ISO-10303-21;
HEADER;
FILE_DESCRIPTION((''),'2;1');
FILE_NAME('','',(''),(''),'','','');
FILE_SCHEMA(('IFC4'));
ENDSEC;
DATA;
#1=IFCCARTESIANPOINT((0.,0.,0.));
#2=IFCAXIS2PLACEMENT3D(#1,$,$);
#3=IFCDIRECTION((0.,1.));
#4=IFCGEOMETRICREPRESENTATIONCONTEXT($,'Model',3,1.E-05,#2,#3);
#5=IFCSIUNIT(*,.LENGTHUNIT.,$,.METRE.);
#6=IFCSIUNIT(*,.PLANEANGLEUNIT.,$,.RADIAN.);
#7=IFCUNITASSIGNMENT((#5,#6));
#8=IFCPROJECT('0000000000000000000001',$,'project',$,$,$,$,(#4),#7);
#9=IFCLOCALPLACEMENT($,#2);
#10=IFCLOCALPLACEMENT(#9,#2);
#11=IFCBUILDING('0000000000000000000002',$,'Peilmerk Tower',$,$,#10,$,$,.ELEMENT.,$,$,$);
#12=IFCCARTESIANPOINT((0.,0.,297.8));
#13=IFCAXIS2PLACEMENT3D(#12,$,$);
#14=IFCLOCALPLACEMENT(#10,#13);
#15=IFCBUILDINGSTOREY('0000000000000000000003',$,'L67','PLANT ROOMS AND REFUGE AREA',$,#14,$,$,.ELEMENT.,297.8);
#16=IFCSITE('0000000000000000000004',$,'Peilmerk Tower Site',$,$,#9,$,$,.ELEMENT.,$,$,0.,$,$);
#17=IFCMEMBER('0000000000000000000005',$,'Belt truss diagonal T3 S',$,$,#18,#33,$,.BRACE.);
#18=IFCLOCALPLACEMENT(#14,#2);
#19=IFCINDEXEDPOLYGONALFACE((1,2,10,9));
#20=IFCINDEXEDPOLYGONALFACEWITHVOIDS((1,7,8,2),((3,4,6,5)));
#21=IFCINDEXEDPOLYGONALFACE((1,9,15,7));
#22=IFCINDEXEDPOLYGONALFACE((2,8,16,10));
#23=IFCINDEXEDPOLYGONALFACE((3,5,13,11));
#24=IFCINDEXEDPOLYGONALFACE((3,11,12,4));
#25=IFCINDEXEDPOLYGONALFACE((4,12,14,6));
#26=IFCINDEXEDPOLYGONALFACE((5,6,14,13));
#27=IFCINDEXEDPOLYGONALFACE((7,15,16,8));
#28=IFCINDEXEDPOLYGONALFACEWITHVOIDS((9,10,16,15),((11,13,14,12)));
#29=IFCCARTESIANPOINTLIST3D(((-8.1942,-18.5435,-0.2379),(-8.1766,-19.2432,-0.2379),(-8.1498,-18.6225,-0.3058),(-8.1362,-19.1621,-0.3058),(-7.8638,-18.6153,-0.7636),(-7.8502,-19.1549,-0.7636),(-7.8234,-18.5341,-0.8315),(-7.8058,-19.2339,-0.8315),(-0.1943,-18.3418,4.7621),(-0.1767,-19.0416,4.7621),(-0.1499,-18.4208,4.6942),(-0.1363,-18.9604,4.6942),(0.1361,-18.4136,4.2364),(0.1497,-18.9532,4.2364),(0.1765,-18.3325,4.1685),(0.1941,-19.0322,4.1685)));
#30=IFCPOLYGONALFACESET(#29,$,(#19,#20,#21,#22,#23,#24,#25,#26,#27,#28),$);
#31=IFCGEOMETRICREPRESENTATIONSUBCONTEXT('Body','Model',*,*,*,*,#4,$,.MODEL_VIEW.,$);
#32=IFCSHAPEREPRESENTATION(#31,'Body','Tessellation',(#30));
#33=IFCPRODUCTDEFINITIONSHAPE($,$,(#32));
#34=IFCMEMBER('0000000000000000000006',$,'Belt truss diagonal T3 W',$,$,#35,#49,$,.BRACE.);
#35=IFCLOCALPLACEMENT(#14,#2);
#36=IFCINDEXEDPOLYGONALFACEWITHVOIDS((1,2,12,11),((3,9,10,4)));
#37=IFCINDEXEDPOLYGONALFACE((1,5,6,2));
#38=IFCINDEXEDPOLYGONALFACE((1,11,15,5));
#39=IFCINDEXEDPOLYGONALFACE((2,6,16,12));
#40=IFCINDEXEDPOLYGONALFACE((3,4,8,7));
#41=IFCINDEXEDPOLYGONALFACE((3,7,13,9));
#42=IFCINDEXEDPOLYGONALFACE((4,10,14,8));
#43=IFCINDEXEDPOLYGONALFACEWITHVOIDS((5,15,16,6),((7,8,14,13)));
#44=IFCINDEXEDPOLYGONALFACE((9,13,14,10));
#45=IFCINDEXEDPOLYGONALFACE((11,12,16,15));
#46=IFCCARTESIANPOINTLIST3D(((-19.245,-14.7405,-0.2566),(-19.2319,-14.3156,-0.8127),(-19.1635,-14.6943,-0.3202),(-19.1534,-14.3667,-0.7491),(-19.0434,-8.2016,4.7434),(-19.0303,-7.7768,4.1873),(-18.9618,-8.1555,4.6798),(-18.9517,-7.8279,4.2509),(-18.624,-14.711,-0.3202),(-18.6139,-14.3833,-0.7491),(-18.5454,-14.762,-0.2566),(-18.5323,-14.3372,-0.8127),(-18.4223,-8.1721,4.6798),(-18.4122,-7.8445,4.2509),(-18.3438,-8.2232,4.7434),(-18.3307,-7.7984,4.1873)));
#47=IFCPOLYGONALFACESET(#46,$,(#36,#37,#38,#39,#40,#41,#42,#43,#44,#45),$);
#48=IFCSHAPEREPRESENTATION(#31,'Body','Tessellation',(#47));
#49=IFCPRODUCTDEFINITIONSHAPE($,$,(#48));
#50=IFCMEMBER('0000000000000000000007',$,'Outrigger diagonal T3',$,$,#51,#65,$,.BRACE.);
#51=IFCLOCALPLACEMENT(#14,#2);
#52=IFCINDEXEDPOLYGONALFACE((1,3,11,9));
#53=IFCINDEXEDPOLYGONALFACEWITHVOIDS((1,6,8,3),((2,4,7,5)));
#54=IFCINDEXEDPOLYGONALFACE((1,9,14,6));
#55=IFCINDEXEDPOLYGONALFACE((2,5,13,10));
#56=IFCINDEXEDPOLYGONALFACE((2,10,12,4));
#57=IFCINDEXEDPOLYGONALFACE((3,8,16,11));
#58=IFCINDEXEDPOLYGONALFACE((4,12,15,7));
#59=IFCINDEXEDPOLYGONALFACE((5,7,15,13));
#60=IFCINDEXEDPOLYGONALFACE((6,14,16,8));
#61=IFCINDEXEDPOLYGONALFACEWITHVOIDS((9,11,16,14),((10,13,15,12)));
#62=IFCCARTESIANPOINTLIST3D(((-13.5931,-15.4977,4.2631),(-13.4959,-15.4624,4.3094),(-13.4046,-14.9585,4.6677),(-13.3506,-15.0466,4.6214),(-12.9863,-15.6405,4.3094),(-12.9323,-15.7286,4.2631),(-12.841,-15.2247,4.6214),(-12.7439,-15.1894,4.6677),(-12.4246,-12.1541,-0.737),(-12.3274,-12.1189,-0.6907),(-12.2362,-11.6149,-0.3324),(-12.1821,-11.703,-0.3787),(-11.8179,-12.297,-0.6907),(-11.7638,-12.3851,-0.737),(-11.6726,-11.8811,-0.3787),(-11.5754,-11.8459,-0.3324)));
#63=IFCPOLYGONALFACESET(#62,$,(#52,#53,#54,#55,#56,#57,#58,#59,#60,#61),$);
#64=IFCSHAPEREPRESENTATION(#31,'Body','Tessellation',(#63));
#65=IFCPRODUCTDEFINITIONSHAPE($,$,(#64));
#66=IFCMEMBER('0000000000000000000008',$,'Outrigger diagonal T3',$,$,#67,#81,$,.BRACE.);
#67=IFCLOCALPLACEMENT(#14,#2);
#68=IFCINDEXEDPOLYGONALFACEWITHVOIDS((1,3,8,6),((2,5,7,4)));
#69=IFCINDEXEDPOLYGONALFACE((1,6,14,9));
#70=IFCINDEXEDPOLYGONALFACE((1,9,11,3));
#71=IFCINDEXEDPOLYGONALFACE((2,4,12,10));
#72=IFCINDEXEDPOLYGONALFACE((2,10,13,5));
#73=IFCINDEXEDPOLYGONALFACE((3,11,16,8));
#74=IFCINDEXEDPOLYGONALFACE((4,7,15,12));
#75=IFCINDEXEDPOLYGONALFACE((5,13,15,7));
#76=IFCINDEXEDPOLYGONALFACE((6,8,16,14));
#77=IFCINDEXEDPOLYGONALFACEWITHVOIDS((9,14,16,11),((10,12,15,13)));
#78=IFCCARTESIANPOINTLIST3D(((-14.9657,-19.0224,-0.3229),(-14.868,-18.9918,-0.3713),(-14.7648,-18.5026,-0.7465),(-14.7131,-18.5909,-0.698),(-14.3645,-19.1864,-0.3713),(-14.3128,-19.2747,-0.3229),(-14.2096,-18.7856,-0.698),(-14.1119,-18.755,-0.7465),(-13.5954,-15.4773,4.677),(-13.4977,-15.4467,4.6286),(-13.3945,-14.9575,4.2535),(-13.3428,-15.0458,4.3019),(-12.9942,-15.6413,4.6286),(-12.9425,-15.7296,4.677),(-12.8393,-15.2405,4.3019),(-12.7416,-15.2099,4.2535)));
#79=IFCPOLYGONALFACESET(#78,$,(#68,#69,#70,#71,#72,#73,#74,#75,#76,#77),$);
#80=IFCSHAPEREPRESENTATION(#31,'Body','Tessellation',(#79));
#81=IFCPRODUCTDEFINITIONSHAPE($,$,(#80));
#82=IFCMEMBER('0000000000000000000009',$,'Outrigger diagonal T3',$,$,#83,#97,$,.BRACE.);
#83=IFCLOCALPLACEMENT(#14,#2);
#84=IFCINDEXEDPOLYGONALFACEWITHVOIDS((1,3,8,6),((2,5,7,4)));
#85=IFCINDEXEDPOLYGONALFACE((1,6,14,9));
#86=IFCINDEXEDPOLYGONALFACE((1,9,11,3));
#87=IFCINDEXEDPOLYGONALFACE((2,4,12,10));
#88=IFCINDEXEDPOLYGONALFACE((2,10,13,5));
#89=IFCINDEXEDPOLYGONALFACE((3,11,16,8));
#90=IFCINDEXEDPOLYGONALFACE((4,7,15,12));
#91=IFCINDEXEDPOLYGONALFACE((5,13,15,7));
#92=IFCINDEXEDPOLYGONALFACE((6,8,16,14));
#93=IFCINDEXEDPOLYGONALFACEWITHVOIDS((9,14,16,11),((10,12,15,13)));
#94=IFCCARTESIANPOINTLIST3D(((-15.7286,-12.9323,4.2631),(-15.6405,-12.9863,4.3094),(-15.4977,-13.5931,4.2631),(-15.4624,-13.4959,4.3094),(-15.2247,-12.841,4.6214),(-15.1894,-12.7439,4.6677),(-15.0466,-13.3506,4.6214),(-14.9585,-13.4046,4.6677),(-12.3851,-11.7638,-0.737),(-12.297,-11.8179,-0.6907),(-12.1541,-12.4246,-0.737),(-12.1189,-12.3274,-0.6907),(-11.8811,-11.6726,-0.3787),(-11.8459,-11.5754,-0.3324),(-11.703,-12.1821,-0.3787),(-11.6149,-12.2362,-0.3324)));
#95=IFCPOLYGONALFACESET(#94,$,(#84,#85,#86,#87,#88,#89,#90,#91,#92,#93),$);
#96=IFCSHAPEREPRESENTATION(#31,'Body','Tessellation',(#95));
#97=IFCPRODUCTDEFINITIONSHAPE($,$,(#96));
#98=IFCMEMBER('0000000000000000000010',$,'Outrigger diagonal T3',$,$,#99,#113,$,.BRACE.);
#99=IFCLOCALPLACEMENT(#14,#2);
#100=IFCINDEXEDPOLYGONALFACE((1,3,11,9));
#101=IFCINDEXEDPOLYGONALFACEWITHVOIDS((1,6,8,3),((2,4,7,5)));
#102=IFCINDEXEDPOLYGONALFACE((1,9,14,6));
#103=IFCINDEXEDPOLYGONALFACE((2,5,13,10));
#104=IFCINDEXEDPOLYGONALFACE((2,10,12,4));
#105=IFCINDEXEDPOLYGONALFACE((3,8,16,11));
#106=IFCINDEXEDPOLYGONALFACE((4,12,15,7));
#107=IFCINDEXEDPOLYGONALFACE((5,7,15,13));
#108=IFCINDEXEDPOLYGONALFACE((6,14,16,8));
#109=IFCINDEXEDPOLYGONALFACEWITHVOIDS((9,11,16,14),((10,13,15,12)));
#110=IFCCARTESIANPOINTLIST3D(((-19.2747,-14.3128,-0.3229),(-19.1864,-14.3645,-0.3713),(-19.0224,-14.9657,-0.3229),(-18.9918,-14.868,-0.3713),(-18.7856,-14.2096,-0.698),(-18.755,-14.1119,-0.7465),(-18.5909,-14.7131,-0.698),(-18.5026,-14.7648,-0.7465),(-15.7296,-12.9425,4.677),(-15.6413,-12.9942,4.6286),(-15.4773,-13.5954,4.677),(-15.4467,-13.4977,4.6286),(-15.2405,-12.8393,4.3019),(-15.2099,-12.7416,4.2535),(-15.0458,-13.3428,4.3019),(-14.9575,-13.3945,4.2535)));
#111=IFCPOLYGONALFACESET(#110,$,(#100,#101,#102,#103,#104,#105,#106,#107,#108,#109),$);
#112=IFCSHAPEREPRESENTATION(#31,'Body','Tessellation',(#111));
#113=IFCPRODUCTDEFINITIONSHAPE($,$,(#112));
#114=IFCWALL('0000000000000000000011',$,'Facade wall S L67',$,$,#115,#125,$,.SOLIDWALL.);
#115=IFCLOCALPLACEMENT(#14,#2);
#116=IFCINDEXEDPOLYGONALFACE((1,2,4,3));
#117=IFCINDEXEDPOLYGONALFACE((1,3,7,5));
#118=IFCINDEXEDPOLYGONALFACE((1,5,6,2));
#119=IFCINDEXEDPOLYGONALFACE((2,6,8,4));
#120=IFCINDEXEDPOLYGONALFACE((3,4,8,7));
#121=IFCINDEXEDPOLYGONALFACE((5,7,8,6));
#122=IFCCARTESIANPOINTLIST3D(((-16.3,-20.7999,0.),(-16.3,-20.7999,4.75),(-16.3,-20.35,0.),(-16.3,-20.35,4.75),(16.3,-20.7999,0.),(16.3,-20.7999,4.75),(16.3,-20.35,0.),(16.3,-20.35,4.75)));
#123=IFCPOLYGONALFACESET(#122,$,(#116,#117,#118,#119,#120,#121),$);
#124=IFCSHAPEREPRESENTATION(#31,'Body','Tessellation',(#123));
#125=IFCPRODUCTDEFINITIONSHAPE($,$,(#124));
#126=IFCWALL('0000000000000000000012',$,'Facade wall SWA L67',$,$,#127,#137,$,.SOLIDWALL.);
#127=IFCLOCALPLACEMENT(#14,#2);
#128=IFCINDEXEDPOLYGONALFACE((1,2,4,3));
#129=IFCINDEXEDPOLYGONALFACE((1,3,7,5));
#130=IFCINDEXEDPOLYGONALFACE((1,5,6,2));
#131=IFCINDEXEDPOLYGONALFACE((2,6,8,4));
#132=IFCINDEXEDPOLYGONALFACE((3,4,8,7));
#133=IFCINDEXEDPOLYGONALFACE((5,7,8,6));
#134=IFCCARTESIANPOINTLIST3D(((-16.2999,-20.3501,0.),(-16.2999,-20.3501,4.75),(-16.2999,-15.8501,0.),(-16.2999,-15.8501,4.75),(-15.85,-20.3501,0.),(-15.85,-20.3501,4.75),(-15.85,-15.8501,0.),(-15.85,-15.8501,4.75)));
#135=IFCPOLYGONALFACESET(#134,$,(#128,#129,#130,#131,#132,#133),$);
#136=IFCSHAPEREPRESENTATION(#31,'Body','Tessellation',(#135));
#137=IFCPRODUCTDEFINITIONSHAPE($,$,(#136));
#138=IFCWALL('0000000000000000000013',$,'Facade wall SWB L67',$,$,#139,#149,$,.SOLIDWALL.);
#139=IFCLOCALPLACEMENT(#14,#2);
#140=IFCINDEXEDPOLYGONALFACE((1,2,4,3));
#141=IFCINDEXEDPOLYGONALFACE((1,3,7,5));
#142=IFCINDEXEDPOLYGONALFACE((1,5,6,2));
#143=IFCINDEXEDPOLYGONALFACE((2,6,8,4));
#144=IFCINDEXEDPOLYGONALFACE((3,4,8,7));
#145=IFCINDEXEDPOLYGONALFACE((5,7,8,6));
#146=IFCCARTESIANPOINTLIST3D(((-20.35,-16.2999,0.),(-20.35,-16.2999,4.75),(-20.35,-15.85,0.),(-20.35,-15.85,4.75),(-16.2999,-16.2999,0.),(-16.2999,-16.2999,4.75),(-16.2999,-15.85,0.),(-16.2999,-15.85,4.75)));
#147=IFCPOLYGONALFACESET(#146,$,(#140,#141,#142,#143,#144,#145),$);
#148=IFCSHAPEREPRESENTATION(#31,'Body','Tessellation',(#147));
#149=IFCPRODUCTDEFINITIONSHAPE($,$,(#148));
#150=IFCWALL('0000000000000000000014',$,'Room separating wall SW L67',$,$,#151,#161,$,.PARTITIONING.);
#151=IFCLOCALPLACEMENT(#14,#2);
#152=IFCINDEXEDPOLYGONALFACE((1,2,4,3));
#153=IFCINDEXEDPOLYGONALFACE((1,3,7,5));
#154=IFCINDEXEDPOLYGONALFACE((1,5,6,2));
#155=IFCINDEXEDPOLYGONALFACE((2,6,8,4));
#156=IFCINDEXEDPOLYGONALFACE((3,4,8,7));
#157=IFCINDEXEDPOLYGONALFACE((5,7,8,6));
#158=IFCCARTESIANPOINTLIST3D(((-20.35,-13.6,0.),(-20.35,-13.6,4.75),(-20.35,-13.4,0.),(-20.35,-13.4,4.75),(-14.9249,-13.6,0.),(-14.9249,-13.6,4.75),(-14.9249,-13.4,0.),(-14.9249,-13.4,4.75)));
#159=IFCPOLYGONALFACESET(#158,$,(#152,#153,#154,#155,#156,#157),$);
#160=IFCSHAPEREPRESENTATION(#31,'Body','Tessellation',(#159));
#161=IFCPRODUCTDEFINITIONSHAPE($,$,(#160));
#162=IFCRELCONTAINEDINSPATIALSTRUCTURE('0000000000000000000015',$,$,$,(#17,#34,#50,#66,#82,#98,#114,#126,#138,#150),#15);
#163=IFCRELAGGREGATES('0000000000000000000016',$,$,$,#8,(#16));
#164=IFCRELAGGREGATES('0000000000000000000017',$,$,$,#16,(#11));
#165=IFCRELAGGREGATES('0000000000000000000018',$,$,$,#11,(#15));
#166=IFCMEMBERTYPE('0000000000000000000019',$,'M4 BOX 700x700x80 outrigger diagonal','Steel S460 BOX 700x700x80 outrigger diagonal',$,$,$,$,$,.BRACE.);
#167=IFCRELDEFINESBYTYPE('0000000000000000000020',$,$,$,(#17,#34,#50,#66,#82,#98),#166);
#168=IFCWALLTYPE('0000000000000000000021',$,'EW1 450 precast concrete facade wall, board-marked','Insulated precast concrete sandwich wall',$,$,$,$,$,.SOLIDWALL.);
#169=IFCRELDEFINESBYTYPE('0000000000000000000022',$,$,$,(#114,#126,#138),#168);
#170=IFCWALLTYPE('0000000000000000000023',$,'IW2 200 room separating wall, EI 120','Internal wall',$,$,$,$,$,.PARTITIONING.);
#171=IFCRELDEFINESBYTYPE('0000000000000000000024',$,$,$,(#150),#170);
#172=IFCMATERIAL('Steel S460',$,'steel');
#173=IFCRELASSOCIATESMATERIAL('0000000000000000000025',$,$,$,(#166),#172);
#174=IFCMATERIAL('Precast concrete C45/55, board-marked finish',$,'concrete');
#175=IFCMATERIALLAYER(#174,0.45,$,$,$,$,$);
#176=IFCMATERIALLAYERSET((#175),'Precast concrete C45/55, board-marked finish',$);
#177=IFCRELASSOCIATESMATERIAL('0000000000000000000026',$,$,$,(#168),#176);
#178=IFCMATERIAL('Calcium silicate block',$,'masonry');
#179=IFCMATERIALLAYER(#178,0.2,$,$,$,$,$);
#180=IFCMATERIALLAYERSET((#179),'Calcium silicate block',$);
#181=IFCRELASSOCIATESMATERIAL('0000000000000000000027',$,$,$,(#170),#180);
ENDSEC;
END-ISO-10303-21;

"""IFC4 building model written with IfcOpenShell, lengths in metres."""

from ifc_helpers import new_model, si_unit, direction, frame, frame_2d, origin, origin_2d, place, context, subcontext, project, spatial, rectangle, hollow_rectangle, extrude, material, layer, layer_set, material_profile, profile_set, type_object, element, save


model = new_model("IFC4")

# Units and contexts
model_context = context("Model", 3, precision=1e-05, world=origin(), true_north=direction((0.0, 1.0)))
body_context = subcontext(model_context, "Body", "Model", "MODEL_VIEW")
ifc_project = project(units=[si_unit("LENGTHUNIT", "METRE"), si_unit("PLANEANGLEUNIT", "RADIAN")], contexts=[model_context])

# Site, building, storey
site_placement = place(None, origin())
site = spatial("IfcSite", under=ifc_project, at=site_placement, Name="Peilmerk Tower Site", CompositionType="ELEMENT", RefElevation=0.0)
building_placement = place(site_placement, origin())
building = spatial("IfcBuilding", under=site, at=building_placement, Name="Peilmerk Tower", CompositionType="ELEMENT")
storey_placement = place(building_placement, frame((0.0, 0.0, 297.8)))
storey = spatial("IfcBuildingStorey", under=building, at=storey_placement, Name="L67", Description="PLANT ROOMS AND REFUGE AREA", CompositionType="ELEMENT", Elevation=297.8)

# Shared definitions
ifc_material_1 = material(Name="Steel S460", Category="steel")

# Members
ifc_material_profile_1 = material_profile(ifc_material_1, hollow_rectangle(XDim=0.7, YDim=0.7, WallThickness=0.0801, at=origin_2d()), Name="BOX 700x700x80")
ifc_profile_set_1 = profile_set([ifc_material_profile_1], Name="Steel S460")
member_type_1 = type_object("IfcMemberType", Name="M4 BOX 700x700x80 outrigger diagonal", Description="Steel S460 BOX 700x700x80 outrigger diagonal", PredefinedType="BRACE", material=ifc_profile_set_1)
member_1_placement = place(storey_placement, frame((-8.0, -18.8887, -0.5347), z_axis=(0.847805, 0.021371, 0.529878), x_axis=(-0.0252, 0.999682, 0.0)))
element("IfcMember", 1, at=member_1_placement, inside=storey, type_object=member_type_1, Name="Belt truss diagonal T3 S", PredefinedType="BRACE", context=body_context, shape_type="SweptSolid", body=[
    extrude(hollow_rectangle(XDim=0.7, YDim=0.7, WallThickness=0.0801, at=origin_2d()), origin(), (0.0, 0.0, 1.0), 9.436),
])
member_2_placement = place(storey_placement, frame((-18.8887, -14.5388, -0.5347), z_axis=(0.024492, 0.794136, 0.607247), x_axis=(-0.999525, 0.030826, 0.0)))
element("IfcMember", 2, at=member_2_placement, inside=storey, type_object=member_type_1, Name="Belt truss diagonal T3 W", PredefinedType="BRACE", context=body_context, shape_type="SweptSolid", body=[
    extrude(hollow_rectangle(XDim=0.7, YDim=0.7, WallThickness=0.0801, at=origin_2d()), origin(), (0.0, 0.0, 1.0), 8.2339),
])
member_3_placement = place(storey_placement, frame((-12.0, -12.0, -0.5347), z_axis=(-0.190696, -0.54567, 0.816014), x_axis=(0.944014, -0.329905, 0.0)))
element("IfcMember", 3, at=member_3_placement, inside=storey, type_object=member_type_1, Name="Outrigger diagonal T3", PredefinedType="BRACE", context=body_context, shape_type="SweptSolid", body=[
    extrude(hollow_rectangle(XDim=0.7, YDim=0.7, WallThickness=0.0801, at=origin_2d()), origin(), (0.0, 0.0, 1.0), 6.1274),
])
member_4_placement = place(storey_placement, frame((-14.5388, -18.8887, -0.5347), z_axis=(0.218189, 0.564462, 0.796101), x_axis=(-0.932742, 0.360545, 0.0)))
element("IfcMember", 4, at=member_4_placement, inside=storey, type_object=member_type_1, Name="Outrigger diagonal T3", PredefinedType="BRACE", context=body_context, shape_type="SweptSolid", body=[
    extrude(hollow_rectangle(XDim=0.7, YDim=0.7, WallThickness=0.0801, at=origin_2d()), origin(), (0.0, 0.0, 1.0), 6.2805),
])
member_5_placement = place(storey_placement, frame((-12.0, -12.0, -0.5347), z_axis=(-0.54567, -0.190696, 0.816014), x_axis=(0.329905, -0.944014, 0.0)))
element("IfcMember", 5, at=member_5_placement, inside=storey, type_object=member_type_1, Name="Outrigger diagonal T3", PredefinedType="BRACE", context=body_context, shape_type="SweptSolid", body=[
    extrude(hollow_rectangle(XDim=0.7, YDim=0.7, WallThickness=0.0801, at=origin_2d()), origin(), (0.0, 0.0, 1.0), 6.1274),
])
member_6_placement = place(storey_placement, frame((-18.8887, -14.5388, -0.5347), z_axis=(0.564462, 0.218189, 0.796101), x_axis=(-0.360545, 0.932742, 0.0)))
element("IfcMember", 6, at=member_6_placement, inside=storey, type_object=member_type_1, Name="Outrigger diagonal T3", PredefinedType="BRACE", context=body_context, shape_type="SweptSolid", body=[
    extrude(hollow_rectangle(XDim=0.7, YDim=0.7, WallThickness=0.0801, at=origin_2d()), origin(), (0.0, 0.0, 1.0), 6.2805),
])

# Walls
ifc_material_2 = material(Name="Precast concrete C45/55, board-marked finish", Category="concrete")
ifc_layer_1 = layer(ifc_material_2, 0.45)
ifc_layer_set_1 = layer_set([ifc_layer_1], Name="Precast concrete C45/55, board-marked finish")
wall_type_1 = type_object("IfcWallType", Name="EW1 450 precast concrete facade wall, board-marked", Description="Insulated precast concrete sandwich wall", PredefinedType="SOLIDWALL", material=ifc_layer_set_1)
wall_1_placement = place(storey_placement, frame((-16.3, -20.575, 0.0), z_axis=(0.0, 0.0, 1.0), x_axis=(1.0, 0.0, 0.0)))
element("IfcWall", 7, at=wall_1_placement, inside=storey, type_object=wall_type_1, Name="Facade wall S L67", PredefinedType="SOLIDWALL", context=body_context, shape_type="SweptSolid", body=[
    extrude(rectangle(XDim=32.6001, YDim=0.45, at=frame_2d((16.3, 0.0))), origin(), (0.0, 0.0, 1.0), 4.75),
])
wall_2_placement = place(storey_placement, frame((-16.075, -15.8501, 0.0), z_axis=(0.0, 0.0, 1.0), x_axis=(0.0, -1.0, 0.0)))
element("IfcWall", 8, at=wall_2_placement, inside=storey, type_object=wall_type_1, Name="Facade wall SWA L67", PredefinedType="SOLIDWALL", context=body_context, shape_type="SweptSolid", body=[
    extrude(rectangle(XDim=4.5, YDim=0.45, at=frame_2d((2.25, 0.0))), origin(), (0.0, 0.0, 1.0), 4.75),
])
wall_3_placement = place(storey_placement, frame((-16.3, -16.075, 0.0), z_axis=(0.0, 0.0, 1.0), x_axis=(-1.0, 0.0, 0.0)))
element("IfcWall", 9, at=wall_3_placement, inside=storey, type_object=wall_type_1, Name="Facade wall SWB L67", PredefinedType="SOLIDWALL", context=body_context, shape_type="SweptSolid", body=[
    extrude(rectangle(XDim=4.05, YDim=0.45, at=frame_2d((2.0249, 0.0))), origin(), (0.0, 0.0, 1.0), 4.75),
])
ifc_material_3 = material(Name="Calcium silicate block", Category="masonry")
ifc_layer_2 = layer(ifc_material_3, 0.2)
ifc_layer_set_2 = layer_set([ifc_layer_2], Name="Calcium silicate block")
wall_type_2 = type_object("IfcWallType", Name="IW2 200 room separating wall, EI 120", Description="Internal wall", PredefinedType="PARTITIONING", material=ifc_layer_set_2)
wall_4_placement = place(storey_placement, frame((-14.925, -13.5, 0.0), z_axis=(0.0, 0.0, 1.0), x_axis=(-1.0, 0.0, 0.0)))
element("IfcWall", 10, at=wall_4_placement, inside=storey, type_object=wall_type_2, Name="Room separating wall SW L67", PredefinedType="PARTITIONING", context=body_context, shape_type="SweptSolid", body=[
    extrude(rectangle(XDim=5.425, YDim=0.2, at=frame_2d((2.7124, 0.0))), origin(), (0.0, 0.0, 1.0), 4.75),
])

save(model, "model.ifc")
